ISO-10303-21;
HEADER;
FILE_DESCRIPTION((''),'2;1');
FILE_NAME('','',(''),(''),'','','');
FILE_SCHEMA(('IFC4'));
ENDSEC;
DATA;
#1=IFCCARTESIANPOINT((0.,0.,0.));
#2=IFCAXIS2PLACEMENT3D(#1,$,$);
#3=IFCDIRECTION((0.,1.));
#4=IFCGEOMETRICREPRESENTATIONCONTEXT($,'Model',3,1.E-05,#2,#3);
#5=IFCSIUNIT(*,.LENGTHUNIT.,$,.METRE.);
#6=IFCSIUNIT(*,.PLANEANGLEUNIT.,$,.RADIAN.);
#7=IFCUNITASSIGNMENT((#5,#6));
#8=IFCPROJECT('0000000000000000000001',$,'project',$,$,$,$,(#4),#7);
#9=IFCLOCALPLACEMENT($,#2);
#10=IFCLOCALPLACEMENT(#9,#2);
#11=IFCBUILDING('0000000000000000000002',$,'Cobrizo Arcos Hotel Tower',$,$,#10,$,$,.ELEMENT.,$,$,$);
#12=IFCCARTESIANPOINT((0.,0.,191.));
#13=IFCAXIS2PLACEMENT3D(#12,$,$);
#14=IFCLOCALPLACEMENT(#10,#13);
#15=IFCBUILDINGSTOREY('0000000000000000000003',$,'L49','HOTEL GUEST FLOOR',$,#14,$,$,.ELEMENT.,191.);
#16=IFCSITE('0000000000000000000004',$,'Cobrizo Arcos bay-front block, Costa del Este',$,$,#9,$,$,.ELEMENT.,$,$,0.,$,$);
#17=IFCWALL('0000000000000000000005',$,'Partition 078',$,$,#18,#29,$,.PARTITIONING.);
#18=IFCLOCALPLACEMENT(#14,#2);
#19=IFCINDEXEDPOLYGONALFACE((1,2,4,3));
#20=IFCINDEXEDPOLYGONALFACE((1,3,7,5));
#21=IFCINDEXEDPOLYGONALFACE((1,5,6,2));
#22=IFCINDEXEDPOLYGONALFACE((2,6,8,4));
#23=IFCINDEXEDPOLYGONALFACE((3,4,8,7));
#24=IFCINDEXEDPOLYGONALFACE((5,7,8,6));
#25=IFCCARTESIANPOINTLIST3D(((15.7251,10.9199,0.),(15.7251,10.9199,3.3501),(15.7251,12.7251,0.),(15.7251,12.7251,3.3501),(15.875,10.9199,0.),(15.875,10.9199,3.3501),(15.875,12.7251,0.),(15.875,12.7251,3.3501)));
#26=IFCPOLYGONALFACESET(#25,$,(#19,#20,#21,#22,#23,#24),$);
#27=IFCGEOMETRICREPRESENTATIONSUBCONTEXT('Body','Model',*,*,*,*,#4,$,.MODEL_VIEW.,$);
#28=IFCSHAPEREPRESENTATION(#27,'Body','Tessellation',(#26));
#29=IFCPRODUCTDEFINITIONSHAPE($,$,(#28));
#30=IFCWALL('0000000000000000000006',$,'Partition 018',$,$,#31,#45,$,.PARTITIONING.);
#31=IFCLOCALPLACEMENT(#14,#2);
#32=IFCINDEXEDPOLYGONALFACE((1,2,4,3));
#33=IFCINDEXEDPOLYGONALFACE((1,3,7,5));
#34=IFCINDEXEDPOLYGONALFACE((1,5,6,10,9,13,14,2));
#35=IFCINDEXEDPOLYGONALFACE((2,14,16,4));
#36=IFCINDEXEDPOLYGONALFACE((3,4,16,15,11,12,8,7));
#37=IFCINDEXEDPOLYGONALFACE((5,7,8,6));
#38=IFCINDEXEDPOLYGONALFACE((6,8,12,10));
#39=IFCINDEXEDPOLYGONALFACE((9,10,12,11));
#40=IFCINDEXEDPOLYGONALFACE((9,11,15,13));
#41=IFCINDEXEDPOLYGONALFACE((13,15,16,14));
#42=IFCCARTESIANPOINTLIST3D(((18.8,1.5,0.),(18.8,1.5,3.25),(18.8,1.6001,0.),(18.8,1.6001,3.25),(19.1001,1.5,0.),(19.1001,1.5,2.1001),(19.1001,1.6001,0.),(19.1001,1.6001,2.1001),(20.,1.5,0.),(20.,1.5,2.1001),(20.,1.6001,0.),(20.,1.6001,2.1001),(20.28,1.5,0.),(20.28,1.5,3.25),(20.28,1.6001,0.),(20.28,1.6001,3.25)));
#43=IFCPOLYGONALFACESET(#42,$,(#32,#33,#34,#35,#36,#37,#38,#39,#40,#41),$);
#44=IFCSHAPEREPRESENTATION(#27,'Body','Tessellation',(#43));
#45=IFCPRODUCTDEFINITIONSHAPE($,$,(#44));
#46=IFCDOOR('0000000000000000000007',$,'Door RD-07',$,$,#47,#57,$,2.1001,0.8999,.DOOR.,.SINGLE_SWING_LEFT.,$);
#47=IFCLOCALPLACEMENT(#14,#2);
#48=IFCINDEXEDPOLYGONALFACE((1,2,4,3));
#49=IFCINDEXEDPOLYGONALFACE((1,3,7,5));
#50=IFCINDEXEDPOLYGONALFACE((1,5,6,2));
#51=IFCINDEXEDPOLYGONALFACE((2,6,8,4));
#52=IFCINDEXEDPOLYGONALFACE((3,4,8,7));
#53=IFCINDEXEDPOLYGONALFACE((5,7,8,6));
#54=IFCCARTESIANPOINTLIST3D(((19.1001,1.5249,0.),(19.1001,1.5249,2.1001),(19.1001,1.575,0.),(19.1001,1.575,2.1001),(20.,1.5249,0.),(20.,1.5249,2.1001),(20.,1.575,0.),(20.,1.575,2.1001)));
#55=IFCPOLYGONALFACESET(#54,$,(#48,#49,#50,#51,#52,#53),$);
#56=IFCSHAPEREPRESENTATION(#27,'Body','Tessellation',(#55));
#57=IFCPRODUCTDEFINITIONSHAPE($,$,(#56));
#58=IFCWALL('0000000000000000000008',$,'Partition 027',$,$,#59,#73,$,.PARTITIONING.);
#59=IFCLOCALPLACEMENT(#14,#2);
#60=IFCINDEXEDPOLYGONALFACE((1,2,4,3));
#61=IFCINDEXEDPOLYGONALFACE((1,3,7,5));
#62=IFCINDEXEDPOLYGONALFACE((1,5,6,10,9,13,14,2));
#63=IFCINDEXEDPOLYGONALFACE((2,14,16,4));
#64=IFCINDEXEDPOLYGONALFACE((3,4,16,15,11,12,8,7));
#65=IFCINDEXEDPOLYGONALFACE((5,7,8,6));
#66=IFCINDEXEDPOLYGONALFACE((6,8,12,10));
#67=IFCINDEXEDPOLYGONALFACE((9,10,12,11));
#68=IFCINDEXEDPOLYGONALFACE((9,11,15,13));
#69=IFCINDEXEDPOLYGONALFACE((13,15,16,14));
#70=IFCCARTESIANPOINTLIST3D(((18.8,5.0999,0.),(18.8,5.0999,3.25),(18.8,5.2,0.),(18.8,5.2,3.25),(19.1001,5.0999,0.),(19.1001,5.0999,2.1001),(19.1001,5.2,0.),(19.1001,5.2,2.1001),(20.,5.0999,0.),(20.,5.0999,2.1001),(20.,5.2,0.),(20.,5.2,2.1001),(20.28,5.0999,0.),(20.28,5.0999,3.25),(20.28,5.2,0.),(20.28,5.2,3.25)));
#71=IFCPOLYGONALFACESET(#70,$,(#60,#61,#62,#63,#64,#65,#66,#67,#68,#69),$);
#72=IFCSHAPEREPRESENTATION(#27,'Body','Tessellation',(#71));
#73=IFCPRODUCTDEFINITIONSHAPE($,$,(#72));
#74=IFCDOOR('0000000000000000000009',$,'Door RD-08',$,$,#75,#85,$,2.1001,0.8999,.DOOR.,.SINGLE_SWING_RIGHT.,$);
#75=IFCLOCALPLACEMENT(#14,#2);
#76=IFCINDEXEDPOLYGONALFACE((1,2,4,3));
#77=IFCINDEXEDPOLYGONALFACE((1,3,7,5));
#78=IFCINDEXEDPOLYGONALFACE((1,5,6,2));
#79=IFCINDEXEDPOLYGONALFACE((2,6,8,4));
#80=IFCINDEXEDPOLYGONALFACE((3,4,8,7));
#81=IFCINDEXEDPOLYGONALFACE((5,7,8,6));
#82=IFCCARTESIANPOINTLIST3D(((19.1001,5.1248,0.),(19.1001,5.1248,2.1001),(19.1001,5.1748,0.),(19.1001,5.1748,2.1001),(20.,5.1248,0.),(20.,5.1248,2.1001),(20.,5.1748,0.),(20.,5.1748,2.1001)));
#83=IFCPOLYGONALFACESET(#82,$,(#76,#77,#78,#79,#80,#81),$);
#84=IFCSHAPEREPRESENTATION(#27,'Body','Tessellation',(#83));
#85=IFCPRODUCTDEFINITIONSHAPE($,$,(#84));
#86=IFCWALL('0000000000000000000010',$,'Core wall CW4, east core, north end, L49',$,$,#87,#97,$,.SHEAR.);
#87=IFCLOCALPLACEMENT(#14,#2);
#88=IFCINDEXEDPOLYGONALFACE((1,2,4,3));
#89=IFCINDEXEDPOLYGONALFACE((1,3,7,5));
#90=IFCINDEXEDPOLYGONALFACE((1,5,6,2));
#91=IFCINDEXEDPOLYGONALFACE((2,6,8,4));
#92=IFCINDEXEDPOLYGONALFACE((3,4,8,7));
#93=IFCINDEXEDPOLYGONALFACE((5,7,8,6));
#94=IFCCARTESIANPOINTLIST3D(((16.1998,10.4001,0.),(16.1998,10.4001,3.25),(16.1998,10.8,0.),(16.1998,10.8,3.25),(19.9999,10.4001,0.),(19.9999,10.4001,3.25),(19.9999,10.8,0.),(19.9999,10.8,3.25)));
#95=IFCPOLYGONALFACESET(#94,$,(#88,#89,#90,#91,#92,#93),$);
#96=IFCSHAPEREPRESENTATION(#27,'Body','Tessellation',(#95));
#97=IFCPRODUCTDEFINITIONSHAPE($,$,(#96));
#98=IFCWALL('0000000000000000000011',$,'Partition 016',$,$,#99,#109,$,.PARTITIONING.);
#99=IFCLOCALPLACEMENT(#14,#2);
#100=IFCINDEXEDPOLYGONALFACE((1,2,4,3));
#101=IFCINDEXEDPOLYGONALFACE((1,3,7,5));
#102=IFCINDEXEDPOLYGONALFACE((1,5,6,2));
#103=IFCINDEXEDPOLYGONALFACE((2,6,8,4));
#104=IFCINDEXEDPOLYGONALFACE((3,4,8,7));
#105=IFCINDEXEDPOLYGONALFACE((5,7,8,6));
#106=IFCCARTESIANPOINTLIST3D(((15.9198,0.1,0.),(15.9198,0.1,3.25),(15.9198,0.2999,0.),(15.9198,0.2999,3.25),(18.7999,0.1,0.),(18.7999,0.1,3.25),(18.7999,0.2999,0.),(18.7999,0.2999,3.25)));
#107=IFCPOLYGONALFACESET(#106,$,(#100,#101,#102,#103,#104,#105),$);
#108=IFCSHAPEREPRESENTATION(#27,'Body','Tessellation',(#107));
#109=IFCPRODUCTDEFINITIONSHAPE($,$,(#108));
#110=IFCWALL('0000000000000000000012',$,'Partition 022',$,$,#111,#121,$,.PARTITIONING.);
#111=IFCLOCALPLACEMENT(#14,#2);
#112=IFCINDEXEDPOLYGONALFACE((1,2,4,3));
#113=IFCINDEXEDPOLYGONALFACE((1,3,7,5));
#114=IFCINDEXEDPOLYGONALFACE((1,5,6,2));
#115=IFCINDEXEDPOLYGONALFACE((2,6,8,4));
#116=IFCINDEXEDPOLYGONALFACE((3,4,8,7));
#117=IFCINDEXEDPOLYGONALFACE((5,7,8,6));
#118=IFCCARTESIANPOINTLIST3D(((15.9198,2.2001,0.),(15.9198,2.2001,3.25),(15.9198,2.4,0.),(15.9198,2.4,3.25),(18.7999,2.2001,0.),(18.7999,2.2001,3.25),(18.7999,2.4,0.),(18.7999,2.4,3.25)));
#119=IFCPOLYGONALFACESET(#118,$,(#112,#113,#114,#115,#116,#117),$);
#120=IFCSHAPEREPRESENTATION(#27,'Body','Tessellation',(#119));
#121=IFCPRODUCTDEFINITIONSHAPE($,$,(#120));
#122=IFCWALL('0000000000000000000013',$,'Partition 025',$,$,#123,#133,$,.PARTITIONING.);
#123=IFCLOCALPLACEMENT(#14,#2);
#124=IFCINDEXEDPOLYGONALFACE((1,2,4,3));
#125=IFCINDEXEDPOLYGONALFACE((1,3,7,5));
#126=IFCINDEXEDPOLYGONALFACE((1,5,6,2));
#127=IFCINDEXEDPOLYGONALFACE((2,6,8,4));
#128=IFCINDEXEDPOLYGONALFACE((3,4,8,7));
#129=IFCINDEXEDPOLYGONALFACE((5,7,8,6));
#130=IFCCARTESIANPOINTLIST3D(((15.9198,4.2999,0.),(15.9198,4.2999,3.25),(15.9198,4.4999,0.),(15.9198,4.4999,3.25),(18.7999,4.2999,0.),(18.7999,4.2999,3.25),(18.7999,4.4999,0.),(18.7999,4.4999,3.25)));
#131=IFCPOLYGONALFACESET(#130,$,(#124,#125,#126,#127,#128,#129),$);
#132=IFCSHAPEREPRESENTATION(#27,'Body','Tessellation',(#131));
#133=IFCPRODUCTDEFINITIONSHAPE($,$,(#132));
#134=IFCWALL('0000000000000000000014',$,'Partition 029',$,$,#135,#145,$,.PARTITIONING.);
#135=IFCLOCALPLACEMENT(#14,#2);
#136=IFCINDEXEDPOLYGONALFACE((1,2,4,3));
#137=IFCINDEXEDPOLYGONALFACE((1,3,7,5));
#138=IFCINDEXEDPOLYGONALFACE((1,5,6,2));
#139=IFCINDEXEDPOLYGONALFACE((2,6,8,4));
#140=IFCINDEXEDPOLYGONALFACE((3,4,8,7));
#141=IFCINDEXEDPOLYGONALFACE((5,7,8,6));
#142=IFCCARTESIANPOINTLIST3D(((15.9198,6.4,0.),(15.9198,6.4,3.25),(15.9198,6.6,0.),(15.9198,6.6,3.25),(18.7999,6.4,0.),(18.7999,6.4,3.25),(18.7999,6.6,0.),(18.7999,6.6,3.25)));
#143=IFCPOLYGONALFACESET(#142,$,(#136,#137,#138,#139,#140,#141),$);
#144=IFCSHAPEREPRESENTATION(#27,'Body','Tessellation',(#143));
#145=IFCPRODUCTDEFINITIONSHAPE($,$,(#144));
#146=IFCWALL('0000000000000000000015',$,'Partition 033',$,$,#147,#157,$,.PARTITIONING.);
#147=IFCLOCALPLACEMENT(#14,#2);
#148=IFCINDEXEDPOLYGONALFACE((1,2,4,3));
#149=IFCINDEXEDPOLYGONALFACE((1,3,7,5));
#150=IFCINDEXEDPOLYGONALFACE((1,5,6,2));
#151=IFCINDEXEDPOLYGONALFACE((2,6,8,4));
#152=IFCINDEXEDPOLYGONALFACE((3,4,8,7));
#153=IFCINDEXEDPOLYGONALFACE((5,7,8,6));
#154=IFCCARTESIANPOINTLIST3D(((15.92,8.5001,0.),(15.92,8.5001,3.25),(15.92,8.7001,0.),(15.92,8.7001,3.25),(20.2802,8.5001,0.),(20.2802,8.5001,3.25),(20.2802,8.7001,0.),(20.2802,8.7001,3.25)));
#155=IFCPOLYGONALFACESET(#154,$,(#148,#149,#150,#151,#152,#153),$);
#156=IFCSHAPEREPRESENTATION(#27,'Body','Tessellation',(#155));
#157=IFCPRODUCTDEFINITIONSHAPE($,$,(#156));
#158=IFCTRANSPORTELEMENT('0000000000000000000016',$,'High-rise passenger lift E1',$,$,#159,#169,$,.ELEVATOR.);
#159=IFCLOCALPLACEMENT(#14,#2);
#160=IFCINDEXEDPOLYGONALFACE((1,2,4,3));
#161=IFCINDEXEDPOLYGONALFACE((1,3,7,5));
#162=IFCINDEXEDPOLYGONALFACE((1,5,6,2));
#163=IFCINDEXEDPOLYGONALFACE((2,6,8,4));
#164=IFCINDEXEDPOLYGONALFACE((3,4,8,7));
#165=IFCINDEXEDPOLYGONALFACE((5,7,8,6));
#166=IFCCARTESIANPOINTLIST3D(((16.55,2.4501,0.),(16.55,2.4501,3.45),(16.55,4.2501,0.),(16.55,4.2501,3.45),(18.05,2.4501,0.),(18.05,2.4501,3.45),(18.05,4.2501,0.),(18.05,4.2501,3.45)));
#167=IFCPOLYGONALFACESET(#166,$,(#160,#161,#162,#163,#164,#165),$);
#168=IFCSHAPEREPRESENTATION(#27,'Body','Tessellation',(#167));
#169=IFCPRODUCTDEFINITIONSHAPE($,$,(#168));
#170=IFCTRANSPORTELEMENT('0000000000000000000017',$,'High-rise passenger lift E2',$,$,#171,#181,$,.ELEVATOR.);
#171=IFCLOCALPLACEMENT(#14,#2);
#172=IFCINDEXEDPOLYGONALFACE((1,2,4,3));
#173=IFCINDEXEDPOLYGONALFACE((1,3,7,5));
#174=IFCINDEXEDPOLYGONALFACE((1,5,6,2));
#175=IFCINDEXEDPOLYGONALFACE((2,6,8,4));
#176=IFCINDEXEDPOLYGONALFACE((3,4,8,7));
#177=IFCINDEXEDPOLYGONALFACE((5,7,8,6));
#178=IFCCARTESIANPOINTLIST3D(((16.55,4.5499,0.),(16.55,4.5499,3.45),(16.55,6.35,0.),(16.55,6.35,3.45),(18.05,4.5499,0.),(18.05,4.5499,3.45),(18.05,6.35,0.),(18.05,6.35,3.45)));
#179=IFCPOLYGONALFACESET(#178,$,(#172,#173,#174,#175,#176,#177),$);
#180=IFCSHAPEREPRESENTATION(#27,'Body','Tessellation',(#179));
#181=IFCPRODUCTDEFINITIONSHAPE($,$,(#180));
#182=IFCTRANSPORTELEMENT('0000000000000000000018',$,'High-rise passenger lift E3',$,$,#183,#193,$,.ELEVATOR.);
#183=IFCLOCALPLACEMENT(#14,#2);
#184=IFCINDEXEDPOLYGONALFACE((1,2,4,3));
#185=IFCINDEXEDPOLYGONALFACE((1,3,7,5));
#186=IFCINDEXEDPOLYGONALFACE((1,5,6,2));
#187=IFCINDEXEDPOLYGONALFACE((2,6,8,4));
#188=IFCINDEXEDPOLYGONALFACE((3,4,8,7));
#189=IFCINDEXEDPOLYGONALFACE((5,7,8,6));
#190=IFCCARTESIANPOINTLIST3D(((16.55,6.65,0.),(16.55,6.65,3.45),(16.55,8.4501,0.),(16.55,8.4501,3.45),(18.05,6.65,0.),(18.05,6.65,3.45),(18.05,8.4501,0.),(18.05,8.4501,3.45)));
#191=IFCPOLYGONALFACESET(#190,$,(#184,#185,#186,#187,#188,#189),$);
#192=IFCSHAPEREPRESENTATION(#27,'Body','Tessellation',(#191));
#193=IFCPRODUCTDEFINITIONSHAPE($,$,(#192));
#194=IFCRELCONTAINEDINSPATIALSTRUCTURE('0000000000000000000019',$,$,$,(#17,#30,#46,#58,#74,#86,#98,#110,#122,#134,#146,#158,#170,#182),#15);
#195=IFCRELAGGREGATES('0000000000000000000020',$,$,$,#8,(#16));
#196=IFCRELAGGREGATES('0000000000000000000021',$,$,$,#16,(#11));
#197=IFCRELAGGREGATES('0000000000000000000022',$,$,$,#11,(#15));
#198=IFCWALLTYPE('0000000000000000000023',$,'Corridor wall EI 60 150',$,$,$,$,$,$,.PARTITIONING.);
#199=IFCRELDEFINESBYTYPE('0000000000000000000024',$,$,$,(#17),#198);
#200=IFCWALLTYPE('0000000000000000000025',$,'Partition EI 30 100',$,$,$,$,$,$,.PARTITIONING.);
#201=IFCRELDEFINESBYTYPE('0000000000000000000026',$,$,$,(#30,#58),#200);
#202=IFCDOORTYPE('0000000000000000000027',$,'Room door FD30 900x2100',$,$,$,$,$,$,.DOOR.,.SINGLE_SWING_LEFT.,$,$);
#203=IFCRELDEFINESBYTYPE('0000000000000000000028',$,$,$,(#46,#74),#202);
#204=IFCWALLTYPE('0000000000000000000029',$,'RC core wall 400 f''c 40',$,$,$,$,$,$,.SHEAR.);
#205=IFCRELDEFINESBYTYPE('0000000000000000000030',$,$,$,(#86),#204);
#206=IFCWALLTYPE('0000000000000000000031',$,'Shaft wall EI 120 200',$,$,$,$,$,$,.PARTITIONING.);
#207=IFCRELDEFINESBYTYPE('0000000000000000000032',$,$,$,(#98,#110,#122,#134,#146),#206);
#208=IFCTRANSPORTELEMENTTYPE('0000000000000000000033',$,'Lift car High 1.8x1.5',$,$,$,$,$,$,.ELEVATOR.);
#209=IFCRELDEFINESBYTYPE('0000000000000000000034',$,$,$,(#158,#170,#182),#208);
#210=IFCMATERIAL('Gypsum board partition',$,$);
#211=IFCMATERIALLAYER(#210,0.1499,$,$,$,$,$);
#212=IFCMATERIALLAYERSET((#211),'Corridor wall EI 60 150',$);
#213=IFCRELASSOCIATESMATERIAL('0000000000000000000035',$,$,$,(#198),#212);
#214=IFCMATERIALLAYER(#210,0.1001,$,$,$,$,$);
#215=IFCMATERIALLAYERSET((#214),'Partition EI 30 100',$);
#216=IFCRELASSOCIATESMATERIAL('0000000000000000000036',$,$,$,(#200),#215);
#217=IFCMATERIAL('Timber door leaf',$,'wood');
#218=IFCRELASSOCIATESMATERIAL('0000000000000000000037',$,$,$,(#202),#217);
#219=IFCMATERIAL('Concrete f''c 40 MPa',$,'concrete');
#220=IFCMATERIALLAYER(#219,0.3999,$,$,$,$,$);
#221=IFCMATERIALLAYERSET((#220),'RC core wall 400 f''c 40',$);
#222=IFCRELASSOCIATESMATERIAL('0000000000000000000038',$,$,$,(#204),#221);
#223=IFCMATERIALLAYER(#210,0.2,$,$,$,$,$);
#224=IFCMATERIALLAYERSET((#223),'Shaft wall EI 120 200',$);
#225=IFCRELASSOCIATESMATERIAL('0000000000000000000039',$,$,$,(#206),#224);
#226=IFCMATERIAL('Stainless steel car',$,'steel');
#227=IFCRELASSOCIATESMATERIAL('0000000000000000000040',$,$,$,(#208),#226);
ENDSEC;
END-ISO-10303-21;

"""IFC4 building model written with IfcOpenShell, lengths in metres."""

from ifc_helpers import new_model, si_unit, direction, frame, frame_2d, origin, origin_2d, place, context, subcontext, project, spatial, rectangle, extrude, material, layer, layer_set, type_object, element, fill, save


model = new_model("IFC4")

# Units and contexts
model_context = context("Model", 3, precision=1e-05, world=origin(), true_north=direction((0.0, 1.0)))
body_context = subcontext(model_context, "Body", "Model", "MODEL_VIEW")
ifc_project = project(units=[si_unit("LENGTHUNIT", "METRE"), si_unit("PLANEANGLEUNIT", "RADIAN")], contexts=[model_context])

# Site, building, storey
site_placement = place(None, origin())
site = spatial("IfcSite", under=ifc_project, at=site_placement, Name="Cobrizo Arcos bay-front block, Costa del Este", CompositionType="ELEMENT", RefElevation=0.0)
building_placement = place(site_placement, origin())
building = spatial("IfcBuilding", under=site, at=building_placement, Name="Cobrizo Arcos Hotel Tower", CompositionType="ELEMENT")
storey_placement = place(building_placement, frame((0.0, 0.0, 191.0)))
storey = spatial("IfcBuildingStorey", under=building, at=storey_placement, Name="L49", Description="HOTEL GUEST FLOOR", CompositionType="ELEMENT", Elevation=191.0)

# Wall
ifc_material_1 = material(Name="Gypsum board partition")
ifc_layer_1 = layer(ifc_material_1, 0.1499)
ifc_layer_set_1 = layer_set([ifc_layer_1], Name="Corridor wall EI 60 150")
wall_type_1 = type_object("IfcWallType", Name="Corridor wall EI 60 150", PredefinedType="PARTITIONING", material=ifc_layer_set_1)
wall_1_placement = place(storey_placement, frame((15.8, 10.9199, 0.0), z_axis=(0.0, 0.0, 1.0), x_axis=(0.0, 1.0, 0.0)))
element("IfcWall", 1, at=wall_1_placement, inside=storey, type_object=wall_type_1, Name="Partition 078", PredefinedType="PARTITIONING", context=body_context, shape_type="SweptSolid", body=[
    extrude(rectangle(XDim=1.8052, YDim=0.1499, at=frame_2d((0.9026, 0.0))), origin(), (0.0, 0.0, 1.0), 3.3501),
])

# Walls, openings, doors
ifc_layer_2 = layer(ifc_material_1, 0.1001)
ifc_layer_set_2 = layer_set([ifc_layer_2], Name="Partition EI 30 100")
wall_type_2 = type_object("IfcWallType", Name="Partition EI 30 100", PredefinedType="PARTITIONING", material=ifc_layer_set_2)
wall_2_placement = place(storey_placement, frame((18.8, 1.55, 0.0), z_axis=(0.0, 0.0, 1.0), x_axis=(1.0, 0.0, 0.0)))
wall_2 = element("IfcWall", 2, at=wall_2_placement, inside=storey, type_object=wall_type_2, Name="Partition 018", PredefinedType="PARTITIONING", context=body_context, shape_type="SweptSolid", body=[
    extrude(rectangle(XDim=1.48, YDim=0.1001, at=frame_2d((0.74, 0.0))), origin(), (0.0, 0.0, 1.0), 3.25),
])
opening_1_placement = place(wall_2_placement, frame((0.3, 0.0, 0.0)))
opening_1 = element("IfcOpeningElement", 3, at=opening_1_placement, cuts=wall_2, PredefinedType="OPENING", context=body_context, shape_type="SweptSolid", body=[
    extrude(rectangle(XDim=0.8999, YDim=2.1001, at=frame_2d((0.45, 1.05))), frame((0.0, 0.062, 0.0), z_axis=(0.0, -1.0, 0.0), x_axis=(1.0, 0.0, 0.0)), (0.0, 0.0, 1.0), 0.124),
])
ifc_material_2 = material(Name="Timber door leaf", Category="wood")
door_type = type_object("IfcDoorType", Name="Room door FD30 900x2100", OperationType="SINGLE_SWING_LEFT", PredefinedType="DOOR", material=ifc_material_2)
door_1_placement = place(opening_1_placement, origin())
door_1 = element("IfcDoor", 4, at=door_1_placement, inside=storey, type_object=door_type, Name="Door RD-07", OperationType="SINGLE_SWING_LEFT", OverallHeight=2.1001, OverallWidth=0.8999, PredefinedType="DOOR", context=body_context, shape_type="SweptSolid", body=[
    extrude(rectangle(XDim=0.8999, YDim=2.1001, at=frame_2d((0.45, 1.05))), frame((0.0, 0.0249, 0.0), z_axis=(0.0, -1.0, 0.0), x_axis=(1.0, 0.0, 0.0)), (0.0, 0.0, 1.0), 0.05),
])
fill(opening_1, door_1)
wall_3_placement = place(storey_placement, frame((18.8, 5.1499, 0.0), z_axis=(0.0, 0.0, 1.0), x_axis=(1.0, 0.0, 0.0)))
wall_3 = element("IfcWall", 5, at=wall_3_placement, inside=storey, type_object=wall_type_2, Name="Partition 027", PredefinedType="PARTITIONING", context=body_context, shape_type="SweptSolid", body=[
    extrude(rectangle(XDim=1.48, YDim=0.1001, at=frame_2d((0.74, 0.0))), origin(), (0.0, 0.0, 1.0), 3.25),
])
opening_2_placement = place(wall_3_placement, frame((0.3, 0.0, 0.0)))
opening_2 = element("IfcOpeningElement", 6, at=opening_2_placement, cuts=wall_3, PredefinedType="OPENING", context=body_context, shape_type="SweptSolid", body=[
    extrude(rectangle(XDim=0.8999, YDim=2.1001, at=frame_2d((0.45, 1.05))), frame((0.0, 0.062, 0.0), z_axis=(0.0, -1.0, 0.0), x_axis=(1.0, 0.0, 0.0)), (0.0, 0.0, 1.0), 0.124),
])
door_2_placement = place(opening_2_placement, origin())
door_2 = element("IfcDoor", 7, at=door_2_placement, inside=storey, type_object=door_type, Name="Door RD-08", OperationType="SINGLE_SWING_RIGHT", OverallHeight=2.1001, OverallWidth=0.8999, PredefinedType="DOOR", context=body_context, shape_type="SweptSolid", body=[
    extrude(rectangle(XDim=0.8999, YDim=2.1001, at=frame_2d((0.45, 1.05))), frame((0.0, 0.0249, 0.0), z_axis=(0.0, -1.0, 0.0), x_axis=(1.0, 0.0, 0.0)), (0.0, 0.0, 1.0), 0.05),
])
fill(opening_2, door_2)

# Walls
ifc_material_3 = material(Name="Concrete f'c 40 MPa", Category="concrete")
ifc_layer_3 = layer(ifc_material_3, 0.3999)
ifc_layer_set_3 = layer_set([ifc_layer_3], Name="RC core wall 400 f'c 40")
wall_type_3 = type_object("IfcWallType", Name="RC core wall 400 f'c 40", PredefinedType="SHEAR", material=ifc_layer_set_3)
wall_4_placement = place(storey_placement, frame((16.2, 10.6001, 0.0), z_axis=(0.0, 0.0, 1.0), x_axis=(1.0, 0.0, 0.0)))
element("IfcWall", 8, at=wall_4_placement, inside=storey, type_object=wall_type_3, Name="Core wall CW4, east core, north end, L49", PredefinedType="SHEAR", context=body_context, shape_type="SweptSolid", body=[
    extrude(rectangle(XDim=3.8, YDim=0.3999, at=frame_2d((1.8999, 0.0))), origin(), (0.0, 0.0, 1.0), 3.25),
])
ifc_layer_4 = layer(ifc_material_1, 0.2)
ifc_layer_set_4 = layer_set([ifc_layer_4], Name="Shaft wall EI 120 200")
wall_type_4 = type_object("IfcWallType", Name="Shaft wall EI 120 200", PredefinedType="PARTITIONING", material=ifc_layer_set_4)
for number, where, z_axis, x_axis, name in (
    (9, (15.9199, 0.2, 0.0), (0.0, 0.0, 1.0), (1.0, 0.0, 0.0), "Partition 016"),
    (10, (15.9199, 2.3, 0.0), (0.0, 0.0, 1.0), (1.0, 0.0, 0.0), "Partition 022"),
    (11, (15.9199, 4.3999, 0.0), (0.0, 0.0, 1.0), (1.0, 0.0, 0.0), "Partition 025"),
    (12, (15.9199, 6.5, 0.0), (0.0, 0.0, 1.0), (1.0, 0.0, 0.0), "Partition 029"),
):
    element("IfcWall", number, at=place(storey_placement, frame(where, z_axis=z_axis, x_axis=x_axis)), inside=storey, type_object=wall_type_4, Name=name, PredefinedType="PARTITIONING", context=body_context, shape_type="SweptSolid", body=[
        extrude(rectangle(XDim=2.8801, YDim=0.2, at=frame_2d((1.4399, 0.0))), origin(), (0.0, 0.0, 1.0), 3.25),
    ])
wall_5_placement = place(storey_placement, frame((15.9199, 8.6001, 0.0), z_axis=(0.0, 0.0, 1.0), x_axis=(1.0, 0.0, 0.0)))
element("IfcWall", 13, at=wall_5_placement, inside=storey, type_object=wall_type_4, Name="Partition 033", PredefinedType="PARTITIONING", context=body_context, shape_type="SweptSolid", body=[
    extrude(rectangle(XDim=4.3601, YDim=0.2, at=frame_2d((2.1802, 0.0))), origin(), (0.0, 0.0, 1.0), 3.25),
])

# Transport elements
ifc_material_4 = material(Name="Stainless steel car", Category="steel")
transport_element_type = type_object("IfcTransportElementType", Name="Lift car High 1.8x1.5", PredefinedType="ELEVATOR", material=ifc_material_4)
for number, where, z_axis, x_axis, name in (
    (14, (17.3, 3.3501, 0.0), (0.0, 0.0, 1.0), (1.0, 0.0, 0.0), "High-rise passenger lift E1"),
    (15, (17.3, 5.45, 0.0), (0.0, 0.0, 1.0), (1.0, 0.0, 0.0), "High-rise passenger lift E2"),
    (16, (17.3, 7.55, 0.0), (0.0, 0.0, 1.0), (1.0, 0.0, 0.0), "High-rise passenger lift E3"),
):
    element("IfcTransportElement", number, at=place(storey_placement, frame(where, z_axis=z_axis, x_axis=x_axis)), inside=storey, type_object=transport_element_type, Name=name, PredefinedType="ELEVATOR", context=body_context, shape_type="SweptSolid", body=[
        extrude(rectangle(XDim=1.5, YDim=1.8, at=origin_2d()), origin(), (0.0, 0.0, 1.0), 3.45),
    ])

save(model, "model.ifc")
